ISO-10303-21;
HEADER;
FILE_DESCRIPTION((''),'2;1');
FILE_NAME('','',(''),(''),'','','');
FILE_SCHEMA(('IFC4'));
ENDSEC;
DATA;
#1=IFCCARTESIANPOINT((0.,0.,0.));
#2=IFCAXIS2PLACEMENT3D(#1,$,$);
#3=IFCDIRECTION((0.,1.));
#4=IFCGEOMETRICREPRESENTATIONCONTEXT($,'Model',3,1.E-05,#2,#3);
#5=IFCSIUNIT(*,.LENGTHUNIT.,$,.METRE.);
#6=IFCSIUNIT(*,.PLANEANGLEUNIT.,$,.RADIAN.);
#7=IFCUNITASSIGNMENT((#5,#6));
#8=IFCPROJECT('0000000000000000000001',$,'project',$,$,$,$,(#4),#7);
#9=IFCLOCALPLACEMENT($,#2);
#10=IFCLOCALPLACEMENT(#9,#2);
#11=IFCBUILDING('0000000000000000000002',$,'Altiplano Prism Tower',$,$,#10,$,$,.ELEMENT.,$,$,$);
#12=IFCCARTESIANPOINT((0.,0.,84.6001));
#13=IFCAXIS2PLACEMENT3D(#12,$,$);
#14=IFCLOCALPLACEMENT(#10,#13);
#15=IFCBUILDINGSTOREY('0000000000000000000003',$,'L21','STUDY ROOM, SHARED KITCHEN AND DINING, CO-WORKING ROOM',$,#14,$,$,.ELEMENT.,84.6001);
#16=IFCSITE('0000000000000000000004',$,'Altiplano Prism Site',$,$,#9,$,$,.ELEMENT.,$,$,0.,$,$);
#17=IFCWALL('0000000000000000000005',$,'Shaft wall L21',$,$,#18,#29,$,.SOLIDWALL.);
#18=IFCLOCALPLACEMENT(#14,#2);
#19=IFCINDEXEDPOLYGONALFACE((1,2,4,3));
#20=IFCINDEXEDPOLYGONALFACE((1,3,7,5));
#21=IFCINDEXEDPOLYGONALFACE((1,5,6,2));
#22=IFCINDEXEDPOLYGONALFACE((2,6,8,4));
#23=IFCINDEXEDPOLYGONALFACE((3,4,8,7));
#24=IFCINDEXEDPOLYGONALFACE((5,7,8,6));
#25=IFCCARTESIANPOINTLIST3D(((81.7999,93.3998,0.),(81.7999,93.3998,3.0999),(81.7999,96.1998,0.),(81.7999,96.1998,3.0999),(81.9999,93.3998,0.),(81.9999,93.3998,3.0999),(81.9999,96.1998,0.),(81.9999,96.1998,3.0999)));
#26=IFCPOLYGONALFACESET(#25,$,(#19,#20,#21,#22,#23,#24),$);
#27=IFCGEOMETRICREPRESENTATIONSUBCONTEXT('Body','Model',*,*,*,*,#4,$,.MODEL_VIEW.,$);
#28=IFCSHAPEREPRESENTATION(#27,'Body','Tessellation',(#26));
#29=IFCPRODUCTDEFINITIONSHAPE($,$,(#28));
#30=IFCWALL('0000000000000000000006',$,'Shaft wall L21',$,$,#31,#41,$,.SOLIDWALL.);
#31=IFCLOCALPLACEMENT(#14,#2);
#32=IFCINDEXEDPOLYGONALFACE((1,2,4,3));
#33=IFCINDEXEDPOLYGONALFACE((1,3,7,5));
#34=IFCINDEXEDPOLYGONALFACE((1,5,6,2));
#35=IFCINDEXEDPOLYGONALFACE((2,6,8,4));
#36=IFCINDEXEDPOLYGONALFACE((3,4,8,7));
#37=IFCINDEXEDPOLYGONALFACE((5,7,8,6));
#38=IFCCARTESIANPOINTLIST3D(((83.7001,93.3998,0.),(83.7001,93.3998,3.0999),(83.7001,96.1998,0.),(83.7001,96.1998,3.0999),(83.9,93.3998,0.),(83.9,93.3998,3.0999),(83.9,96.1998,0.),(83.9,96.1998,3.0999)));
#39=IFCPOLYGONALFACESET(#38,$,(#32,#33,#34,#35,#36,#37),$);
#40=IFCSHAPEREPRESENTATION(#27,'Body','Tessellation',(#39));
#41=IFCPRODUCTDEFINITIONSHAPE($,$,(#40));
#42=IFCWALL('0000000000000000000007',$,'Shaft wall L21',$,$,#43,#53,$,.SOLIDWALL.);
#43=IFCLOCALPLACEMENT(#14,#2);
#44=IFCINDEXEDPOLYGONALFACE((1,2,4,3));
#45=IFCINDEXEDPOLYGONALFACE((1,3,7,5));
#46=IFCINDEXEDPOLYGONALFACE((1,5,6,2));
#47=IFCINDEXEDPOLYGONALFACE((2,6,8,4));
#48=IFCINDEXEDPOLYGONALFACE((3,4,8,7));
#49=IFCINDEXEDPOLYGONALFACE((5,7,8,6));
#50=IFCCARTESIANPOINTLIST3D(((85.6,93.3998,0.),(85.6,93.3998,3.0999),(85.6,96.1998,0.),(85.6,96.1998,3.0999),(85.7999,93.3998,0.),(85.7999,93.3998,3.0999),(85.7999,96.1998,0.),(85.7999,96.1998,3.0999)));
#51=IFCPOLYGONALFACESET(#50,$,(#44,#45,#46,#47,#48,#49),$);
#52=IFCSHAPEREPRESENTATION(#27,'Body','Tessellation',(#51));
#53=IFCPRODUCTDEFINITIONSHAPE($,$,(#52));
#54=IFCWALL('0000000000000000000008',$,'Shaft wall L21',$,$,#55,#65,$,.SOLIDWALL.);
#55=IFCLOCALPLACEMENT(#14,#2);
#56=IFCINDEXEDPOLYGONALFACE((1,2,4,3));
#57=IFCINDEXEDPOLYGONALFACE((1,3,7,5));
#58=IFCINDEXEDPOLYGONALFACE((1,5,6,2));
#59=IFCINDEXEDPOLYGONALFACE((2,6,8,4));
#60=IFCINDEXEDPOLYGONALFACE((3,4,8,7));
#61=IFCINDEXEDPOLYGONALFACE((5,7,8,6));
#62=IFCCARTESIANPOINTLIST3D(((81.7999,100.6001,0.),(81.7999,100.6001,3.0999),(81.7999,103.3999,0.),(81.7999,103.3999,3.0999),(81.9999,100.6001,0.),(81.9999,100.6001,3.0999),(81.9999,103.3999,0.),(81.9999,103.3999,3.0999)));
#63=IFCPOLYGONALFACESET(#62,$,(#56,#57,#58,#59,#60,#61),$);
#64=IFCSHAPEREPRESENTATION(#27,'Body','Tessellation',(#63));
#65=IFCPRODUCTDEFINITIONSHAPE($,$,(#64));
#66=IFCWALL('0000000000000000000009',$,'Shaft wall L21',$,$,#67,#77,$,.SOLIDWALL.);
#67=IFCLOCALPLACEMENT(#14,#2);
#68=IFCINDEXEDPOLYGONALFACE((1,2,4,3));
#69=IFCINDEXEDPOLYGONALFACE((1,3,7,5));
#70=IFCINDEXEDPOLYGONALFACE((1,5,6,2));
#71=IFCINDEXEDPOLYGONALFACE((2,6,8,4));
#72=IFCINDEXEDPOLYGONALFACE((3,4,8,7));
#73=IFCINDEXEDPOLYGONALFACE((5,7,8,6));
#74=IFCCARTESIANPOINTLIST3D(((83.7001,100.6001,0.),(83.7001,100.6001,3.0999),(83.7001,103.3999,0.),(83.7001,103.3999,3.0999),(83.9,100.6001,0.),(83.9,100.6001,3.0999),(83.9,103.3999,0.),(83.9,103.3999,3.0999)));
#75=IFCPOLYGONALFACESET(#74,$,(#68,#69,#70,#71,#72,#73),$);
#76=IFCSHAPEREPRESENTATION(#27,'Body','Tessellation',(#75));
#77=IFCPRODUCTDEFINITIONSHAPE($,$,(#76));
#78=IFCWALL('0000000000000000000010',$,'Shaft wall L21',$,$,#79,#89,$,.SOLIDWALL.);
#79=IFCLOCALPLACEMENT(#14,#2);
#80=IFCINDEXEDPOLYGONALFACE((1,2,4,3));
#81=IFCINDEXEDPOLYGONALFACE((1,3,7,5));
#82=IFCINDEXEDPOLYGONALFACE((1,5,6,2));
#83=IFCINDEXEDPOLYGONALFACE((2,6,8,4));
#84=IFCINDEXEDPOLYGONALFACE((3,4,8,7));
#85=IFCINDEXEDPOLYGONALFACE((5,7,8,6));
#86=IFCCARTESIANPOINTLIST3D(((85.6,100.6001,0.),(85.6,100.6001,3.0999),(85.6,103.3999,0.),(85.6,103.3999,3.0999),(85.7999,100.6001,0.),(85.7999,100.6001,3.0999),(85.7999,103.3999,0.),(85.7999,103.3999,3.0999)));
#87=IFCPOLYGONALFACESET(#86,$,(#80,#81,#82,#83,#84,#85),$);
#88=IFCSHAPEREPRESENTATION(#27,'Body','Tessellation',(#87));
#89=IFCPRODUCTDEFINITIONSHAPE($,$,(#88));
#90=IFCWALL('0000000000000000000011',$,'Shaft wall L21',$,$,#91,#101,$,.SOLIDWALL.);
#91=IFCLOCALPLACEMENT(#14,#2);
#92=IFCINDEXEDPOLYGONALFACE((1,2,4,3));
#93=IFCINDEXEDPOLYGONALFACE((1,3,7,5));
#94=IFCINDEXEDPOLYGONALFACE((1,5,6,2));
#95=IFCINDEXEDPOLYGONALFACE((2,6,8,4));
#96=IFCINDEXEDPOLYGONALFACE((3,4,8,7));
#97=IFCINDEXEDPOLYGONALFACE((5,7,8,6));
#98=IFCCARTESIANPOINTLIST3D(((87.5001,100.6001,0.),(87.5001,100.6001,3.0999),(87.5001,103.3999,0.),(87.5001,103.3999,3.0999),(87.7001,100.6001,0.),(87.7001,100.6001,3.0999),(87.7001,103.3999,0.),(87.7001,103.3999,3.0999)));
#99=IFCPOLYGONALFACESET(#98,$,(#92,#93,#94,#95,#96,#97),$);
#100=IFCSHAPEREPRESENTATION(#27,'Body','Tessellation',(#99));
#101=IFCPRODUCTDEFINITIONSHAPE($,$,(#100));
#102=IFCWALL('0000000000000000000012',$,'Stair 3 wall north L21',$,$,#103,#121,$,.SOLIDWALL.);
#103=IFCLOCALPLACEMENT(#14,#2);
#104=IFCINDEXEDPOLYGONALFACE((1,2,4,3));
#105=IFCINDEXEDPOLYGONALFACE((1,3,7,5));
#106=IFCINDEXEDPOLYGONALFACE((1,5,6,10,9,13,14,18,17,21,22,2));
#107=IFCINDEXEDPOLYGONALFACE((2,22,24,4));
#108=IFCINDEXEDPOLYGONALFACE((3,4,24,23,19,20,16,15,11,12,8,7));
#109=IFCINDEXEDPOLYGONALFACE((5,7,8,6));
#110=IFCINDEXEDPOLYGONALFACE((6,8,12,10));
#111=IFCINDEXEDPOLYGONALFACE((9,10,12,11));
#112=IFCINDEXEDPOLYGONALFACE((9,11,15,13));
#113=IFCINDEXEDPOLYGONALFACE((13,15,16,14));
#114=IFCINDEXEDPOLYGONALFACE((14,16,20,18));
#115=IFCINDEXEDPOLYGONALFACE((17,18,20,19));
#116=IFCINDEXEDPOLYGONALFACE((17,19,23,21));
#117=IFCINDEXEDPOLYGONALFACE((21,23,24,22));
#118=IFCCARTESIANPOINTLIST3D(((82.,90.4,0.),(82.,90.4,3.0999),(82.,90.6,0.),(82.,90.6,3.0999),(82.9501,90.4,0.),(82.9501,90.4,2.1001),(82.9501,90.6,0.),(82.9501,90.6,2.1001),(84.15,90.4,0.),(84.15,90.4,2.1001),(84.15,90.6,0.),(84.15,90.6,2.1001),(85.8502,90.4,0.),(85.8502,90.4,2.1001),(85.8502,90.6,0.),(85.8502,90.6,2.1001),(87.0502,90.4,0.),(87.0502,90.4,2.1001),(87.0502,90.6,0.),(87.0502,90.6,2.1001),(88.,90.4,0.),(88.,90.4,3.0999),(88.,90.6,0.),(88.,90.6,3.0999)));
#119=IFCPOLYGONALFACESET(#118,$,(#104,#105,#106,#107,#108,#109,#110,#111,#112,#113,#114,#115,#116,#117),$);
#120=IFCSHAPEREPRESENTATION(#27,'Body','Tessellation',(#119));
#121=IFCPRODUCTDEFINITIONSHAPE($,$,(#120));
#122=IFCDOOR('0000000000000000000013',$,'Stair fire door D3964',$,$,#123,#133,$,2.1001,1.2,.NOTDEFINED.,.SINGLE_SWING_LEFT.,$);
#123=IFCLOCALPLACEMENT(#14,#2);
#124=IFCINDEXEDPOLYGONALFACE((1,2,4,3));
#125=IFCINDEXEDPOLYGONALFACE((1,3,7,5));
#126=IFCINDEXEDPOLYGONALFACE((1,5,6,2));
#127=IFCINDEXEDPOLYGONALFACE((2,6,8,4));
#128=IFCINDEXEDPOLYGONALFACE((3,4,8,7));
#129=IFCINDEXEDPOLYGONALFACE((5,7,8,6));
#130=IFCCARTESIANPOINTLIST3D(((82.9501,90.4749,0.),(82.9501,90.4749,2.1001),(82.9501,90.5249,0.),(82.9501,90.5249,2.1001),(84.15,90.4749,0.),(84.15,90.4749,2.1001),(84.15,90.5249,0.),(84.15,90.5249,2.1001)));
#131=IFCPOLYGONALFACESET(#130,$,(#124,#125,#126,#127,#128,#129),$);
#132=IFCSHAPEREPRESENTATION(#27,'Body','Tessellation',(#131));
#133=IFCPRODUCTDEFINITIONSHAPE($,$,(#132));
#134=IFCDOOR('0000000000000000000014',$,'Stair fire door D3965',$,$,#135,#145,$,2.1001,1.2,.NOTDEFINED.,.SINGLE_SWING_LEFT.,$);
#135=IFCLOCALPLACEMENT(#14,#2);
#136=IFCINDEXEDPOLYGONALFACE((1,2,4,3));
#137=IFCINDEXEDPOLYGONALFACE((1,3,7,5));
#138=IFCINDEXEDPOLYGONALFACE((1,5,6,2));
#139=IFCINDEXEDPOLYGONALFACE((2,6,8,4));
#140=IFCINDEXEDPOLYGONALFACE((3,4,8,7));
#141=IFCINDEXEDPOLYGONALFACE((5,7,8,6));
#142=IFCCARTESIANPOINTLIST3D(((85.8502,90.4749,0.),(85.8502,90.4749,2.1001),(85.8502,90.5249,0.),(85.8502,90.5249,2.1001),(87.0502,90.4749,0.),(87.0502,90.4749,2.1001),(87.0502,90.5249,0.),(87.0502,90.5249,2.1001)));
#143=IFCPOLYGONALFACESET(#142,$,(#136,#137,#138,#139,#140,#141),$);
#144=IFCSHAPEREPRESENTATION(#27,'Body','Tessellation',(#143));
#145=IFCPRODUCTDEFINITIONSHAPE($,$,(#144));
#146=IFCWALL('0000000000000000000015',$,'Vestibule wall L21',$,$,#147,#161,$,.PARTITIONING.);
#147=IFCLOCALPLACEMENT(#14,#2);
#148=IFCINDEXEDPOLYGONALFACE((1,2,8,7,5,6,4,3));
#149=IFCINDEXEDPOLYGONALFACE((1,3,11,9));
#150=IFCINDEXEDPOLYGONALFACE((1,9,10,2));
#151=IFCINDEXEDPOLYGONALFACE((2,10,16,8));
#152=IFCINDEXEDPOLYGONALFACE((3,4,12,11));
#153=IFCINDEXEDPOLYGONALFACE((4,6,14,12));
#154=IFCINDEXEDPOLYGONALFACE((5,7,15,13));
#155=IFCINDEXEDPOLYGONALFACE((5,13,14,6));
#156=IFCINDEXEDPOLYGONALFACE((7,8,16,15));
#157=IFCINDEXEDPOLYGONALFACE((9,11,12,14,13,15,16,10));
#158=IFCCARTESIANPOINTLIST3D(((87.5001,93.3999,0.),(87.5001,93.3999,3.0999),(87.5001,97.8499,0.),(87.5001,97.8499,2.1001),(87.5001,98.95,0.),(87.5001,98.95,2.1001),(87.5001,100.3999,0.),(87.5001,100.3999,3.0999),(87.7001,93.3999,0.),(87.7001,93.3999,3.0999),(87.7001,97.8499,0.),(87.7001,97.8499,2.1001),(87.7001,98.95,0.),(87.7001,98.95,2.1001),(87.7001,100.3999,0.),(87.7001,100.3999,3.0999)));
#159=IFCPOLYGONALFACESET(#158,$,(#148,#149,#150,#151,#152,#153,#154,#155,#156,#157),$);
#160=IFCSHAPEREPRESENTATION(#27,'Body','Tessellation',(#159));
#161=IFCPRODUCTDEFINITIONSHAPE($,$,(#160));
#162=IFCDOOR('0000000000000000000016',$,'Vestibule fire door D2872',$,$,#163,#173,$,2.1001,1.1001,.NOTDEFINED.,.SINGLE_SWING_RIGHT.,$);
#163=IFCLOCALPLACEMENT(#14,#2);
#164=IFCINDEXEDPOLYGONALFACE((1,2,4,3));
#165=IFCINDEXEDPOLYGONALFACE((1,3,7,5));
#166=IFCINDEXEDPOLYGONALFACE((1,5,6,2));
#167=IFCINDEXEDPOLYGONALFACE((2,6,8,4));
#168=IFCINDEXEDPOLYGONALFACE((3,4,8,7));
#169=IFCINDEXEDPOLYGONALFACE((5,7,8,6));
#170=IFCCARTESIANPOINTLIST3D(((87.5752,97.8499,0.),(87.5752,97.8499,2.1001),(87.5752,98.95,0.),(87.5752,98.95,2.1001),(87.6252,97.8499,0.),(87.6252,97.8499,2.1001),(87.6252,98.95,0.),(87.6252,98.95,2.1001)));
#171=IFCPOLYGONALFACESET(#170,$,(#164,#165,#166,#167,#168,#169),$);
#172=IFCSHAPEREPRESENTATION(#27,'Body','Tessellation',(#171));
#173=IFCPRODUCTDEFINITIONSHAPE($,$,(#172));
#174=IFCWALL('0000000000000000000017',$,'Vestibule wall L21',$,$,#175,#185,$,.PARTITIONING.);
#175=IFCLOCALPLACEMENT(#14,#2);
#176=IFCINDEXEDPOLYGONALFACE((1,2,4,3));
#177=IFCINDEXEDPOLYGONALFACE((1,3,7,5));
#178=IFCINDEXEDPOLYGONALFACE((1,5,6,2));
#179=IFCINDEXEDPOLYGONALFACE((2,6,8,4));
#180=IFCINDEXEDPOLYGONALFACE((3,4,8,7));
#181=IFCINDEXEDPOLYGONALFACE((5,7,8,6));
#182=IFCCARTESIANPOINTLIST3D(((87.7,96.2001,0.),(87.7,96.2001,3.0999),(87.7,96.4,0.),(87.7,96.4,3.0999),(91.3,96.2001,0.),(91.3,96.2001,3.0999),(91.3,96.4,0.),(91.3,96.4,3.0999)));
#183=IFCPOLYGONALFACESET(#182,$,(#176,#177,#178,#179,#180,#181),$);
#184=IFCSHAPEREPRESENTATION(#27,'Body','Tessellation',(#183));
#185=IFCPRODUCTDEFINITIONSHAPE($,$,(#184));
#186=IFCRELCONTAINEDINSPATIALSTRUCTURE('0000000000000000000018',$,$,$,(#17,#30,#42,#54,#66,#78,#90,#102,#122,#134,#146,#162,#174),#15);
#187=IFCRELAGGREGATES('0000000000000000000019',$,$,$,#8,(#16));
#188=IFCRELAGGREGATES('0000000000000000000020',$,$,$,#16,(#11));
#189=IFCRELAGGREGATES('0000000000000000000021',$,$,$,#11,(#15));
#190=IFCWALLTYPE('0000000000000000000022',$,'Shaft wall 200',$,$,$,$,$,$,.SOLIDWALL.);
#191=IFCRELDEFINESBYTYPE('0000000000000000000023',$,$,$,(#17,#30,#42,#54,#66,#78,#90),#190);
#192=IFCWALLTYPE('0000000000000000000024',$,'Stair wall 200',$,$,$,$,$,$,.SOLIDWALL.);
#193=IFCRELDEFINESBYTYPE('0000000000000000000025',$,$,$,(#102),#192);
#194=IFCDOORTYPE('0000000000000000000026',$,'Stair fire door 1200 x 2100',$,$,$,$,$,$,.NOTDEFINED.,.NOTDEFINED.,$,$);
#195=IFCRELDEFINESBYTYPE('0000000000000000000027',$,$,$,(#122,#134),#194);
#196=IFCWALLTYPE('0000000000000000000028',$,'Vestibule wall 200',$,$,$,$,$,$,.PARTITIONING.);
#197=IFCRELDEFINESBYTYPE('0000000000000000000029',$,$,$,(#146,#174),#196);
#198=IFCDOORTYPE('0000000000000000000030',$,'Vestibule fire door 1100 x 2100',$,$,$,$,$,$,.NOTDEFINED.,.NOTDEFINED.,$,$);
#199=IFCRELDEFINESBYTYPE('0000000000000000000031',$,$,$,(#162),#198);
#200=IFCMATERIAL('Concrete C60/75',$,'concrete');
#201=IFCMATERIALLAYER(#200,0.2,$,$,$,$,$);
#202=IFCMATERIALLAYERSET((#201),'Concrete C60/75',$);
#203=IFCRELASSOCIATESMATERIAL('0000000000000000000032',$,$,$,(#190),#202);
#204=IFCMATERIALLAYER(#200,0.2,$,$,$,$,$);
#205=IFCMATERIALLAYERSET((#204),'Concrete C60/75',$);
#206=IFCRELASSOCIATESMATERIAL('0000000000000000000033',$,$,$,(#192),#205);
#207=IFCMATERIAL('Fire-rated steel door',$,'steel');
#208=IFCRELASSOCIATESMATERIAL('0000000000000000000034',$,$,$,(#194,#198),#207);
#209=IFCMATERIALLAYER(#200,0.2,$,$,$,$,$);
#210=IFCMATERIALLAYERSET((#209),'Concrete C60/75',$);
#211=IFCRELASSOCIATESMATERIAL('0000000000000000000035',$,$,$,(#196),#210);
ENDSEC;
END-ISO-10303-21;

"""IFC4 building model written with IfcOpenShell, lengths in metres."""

from ifc_helpers import new_model, si_unit, direction, frame, frame_2d, origin, place, context, subcontext, project, spatial, rectangle, extrude, material, layer, layer_set, type_object, element, fill, save


model = new_model("IFC4")

# Units and contexts
model_context = context("Model", 3, precision=1e-05, world=origin(), true_north=direction((0.0, 1.0)))
body_context = subcontext(model_context, "Body", "Model", "MODEL_VIEW")
ifc_project = project(units=[si_unit("LENGTHUNIT", "METRE"), si_unit("PLANEANGLEUNIT", "RADIAN")], contexts=[model_context])

# Site, building, storey
site_placement = place(None, origin())
site = spatial("IfcSite", under=ifc_project, at=site_placement, Name="Altiplano Prism Site", CompositionType="ELEMENT", RefElevation=0.0)
building_placement = place(site_placement, origin())
building = spatial("IfcBuilding", under=site, at=building_placement, Name="Altiplano Prism Tower", CompositionType="ELEMENT")
storey_placement = place(building_placement, frame((0.0, 0.0, 84.6001)))
storey = spatial("IfcBuildingStorey", under=building, at=storey_placement, Name="L21", Description="STUDY ROOM, SHARED KITCHEN AND DINING, CO-WORKING ROOM", CompositionType="ELEMENT", Elevation=84.6001)

# Walls
ifc_material_1 = material(Name="Concrete C60/75", Category="concrete")
ifc_layer_1 = layer(ifc_material_1, 0.2)
ifc_layer_set_1 = layer_set([ifc_layer_1], Name="Concrete C60/75")
wall_type_1 = type_object("IfcWallType", Name="Shaft wall 200", PredefinedType="SOLIDWALL", material=ifc_layer_set_1)
for number, where, z_axis, x_axis, name in (
    (1, (81.8999, 93.3999, 0.0), (0.0, 0.0, 1.0), (0.0, 1.0, 0.0), "Shaft wall L21"),
    (2, (83.8, 93.3999, 0.0), (0.0, 0.0, 1.0), (0.0, 1.0, 0.0), "Shaft wall L21"),
    (3, (85.7, 93.3999, 0.0), (0.0, 0.0, 1.0), (0.0, 1.0, 0.0), "Shaft wall L21"),
):
    element("IfcWall", number, at=place(storey_placement, frame(where, z_axis=z_axis, x_axis=x_axis)), inside=storey, type_object=wall_type_1, Name=name, PredefinedType="SOLIDWALL", context=body_context, shape_type="SweptSolid", body=[
        extrude(rectangle(XDim=2.8, YDim=0.2, at=frame_2d((1.3999, 0.0))), origin(), (0.0, 0.0, 1.0), 3.0999),
    ])
for number, where, z_axis, x_axis, name in (
    (4, (81.8999, 100.6001, 0.0), (0.0, 0.0, 1.0), (0.0, 1.0, 0.0), "Shaft wall L21"),
    (5, (83.8, 100.6001, 0.0), (0.0, 0.0, 1.0), (0.0, 1.0, 0.0), "Shaft wall L21"),
    (6, (85.7, 100.6001, 0.0), (0.0, 0.0, 1.0), (0.0, 1.0, 0.0), "Shaft wall L21"),
    (7, (87.6001, 100.6001, 0.0), (0.0, 0.0, 1.0), (0.0, 1.0, 0.0), "Shaft wall L21"),
):
    element("IfcWall", number, at=place(storey_placement, frame(where, z_axis=z_axis, x_axis=x_axis)), inside=storey, type_object=wall_type_1, Name=name, PredefinedType="SOLIDWALL", context=body_context, shape_type="SweptSolid", body=[
        extrude(rectangle(XDim=2.7998, YDim=0.2, at=frame_2d((1.3999, 0.0))), origin(), (0.0, 0.0, 1.0), 3.0999),
    ])

# Wall, openings, doors
ifc_layer_2 = layer(ifc_material_1, 0.2)
ifc_layer_set_2 = layer_set([ifc_layer_2], Name="Concrete C60/75")
wall_type_2 = type_object("IfcWallType", Name="Stair wall 200", PredefinedType="SOLIDWALL", material=ifc_layer_set_2)
wall_1_placement = place(storey_placement, frame((82.0, 90.5, 0.0), z_axis=(0.0, 0.0, 1.0), x_axis=(1.0, 0.0, 0.0)))
wall_1 = element("IfcWall", 8, at=wall_1_placement, inside=storey, type_object=wall_type_2, Name="Stair 3 wall north L21", PredefinedType="SOLIDWALL", context=body_context, shape_type="SweptSolid", body=[
    extrude(rectangle(XDim=6.0, YDim=0.2, at=frame_2d((3.0, 0.0))), origin(), (0.0, 0.0, 1.0), 3.0999),
])
opening_1_placement = place(wall_1_placement, frame((0.95, 0.0, 0.0)))
opening_1 = element("IfcOpeningElement", 9, at=opening_1_placement, cuts=wall_1, PredefinedType="OPENING", context=body_context, shape_type="SweptSolid", body=[
    extrude(rectangle(XDim=1.2, YDim=2.1001, at=frame_2d((0.6001, 1.05))), frame((0.0, 0.1104, 0.0), z_axis=(0.0, -1.0, 0.0), x_axis=(1.0, 0.0, 0.0)), (0.0, 0.0, 1.0), 0.2209),
])
opening_2_placement = place(wall_1_placement, frame((3.8501, 0.0, 0.0)))
opening_2 = element("IfcOpeningElement", 10, at=opening_2_placement, cuts=wall_1, PredefinedType="OPENING", context=body_context, shape_type="SweptSolid", body=[
    extrude(rectangle(XDim=1.2, YDim=2.1001, at=frame_2d((0.6001, 1.05))), frame((0.0, 0.1104, 0.0), z_axis=(0.0, -1.0, 0.0), x_axis=(1.0, 0.0, 0.0)), (0.0, 0.0, 1.0), 0.2209),
])
ifc_material_2 = material(Name="Fire-rated steel door", Category="steel")
door_type_1 = type_object("IfcDoorType", Name="Stair fire door 1200 x 2100", OperationType="NOTDEFINED", PredefinedType="NOTDEFINED", material=ifc_material_2)
door_1_placement = place(opening_1_placement, origin())
door_1 = element("IfcDoor", 11, at=door_1_placement, inside=storey, type_object=door_type_1, Name="Stair fire door D3964", OperationType="SINGLE_SWING_LEFT", OverallHeight=2.1001, OverallWidth=1.2, PredefinedType="NOTDEFINED", context=body_context, shape_type="SweptSolid", body=[
    extrude(rectangle(XDim=1.2, YDim=2.1001, at=frame_2d((0.6001, 1.05))), frame((0.0, 0.0249, 0.0), z_axis=(0.0, -1.0, 0.0), x_axis=(1.0, 0.0, 0.0)), (0.0, 0.0, 1.0), 0.05),
])
fill(opening_1, door_1)
door_2_placement = place(opening_2_placement, origin())
door_2 = element("IfcDoor", 12, at=door_2_placement, inside=storey, type_object=door_type_1, Name="Stair fire door D3965", OperationType="SINGLE_SWING_LEFT", OverallHeight=2.1001, OverallWidth=1.2, PredefinedType="NOTDEFINED", context=body_context, shape_type="SweptSolid", body=[
    extrude(rectangle(XDim=1.2, YDim=2.1001, at=frame_2d((0.6001, 1.05))), frame((0.0, 0.0249, 0.0), z_axis=(0.0, -1.0, 0.0), x_axis=(1.0, 0.0, 0.0)), (0.0, 0.0, 1.0), 0.05),
])
fill(opening_2, door_2)

# Wall, opening, door
ifc_layer_3 = layer(ifc_material_1, 0.2)
ifc_layer_set_3 = layer_set([ifc_layer_3], Name="Concrete C60/75")
wall_type_3 = type_object("IfcWallType", Name="Vestibule wall 200", PredefinedType="PARTITIONING", material=ifc_layer_set_3)
wall_2_placement = place(storey_placement, frame((87.6001, 93.3999, 0.0), z_axis=(0.0, 0.0, 1.0), x_axis=(0.0, 1.0, 0.0)))
wall_2 = element("IfcWall", 13, at=wall_2_placement, inside=storey, type_object=wall_type_3, Name="Vestibule wall L21", PredefinedType="PARTITIONING", context=body_context, shape_type="SweptSolid", body=[
    extrude(rectangle(XDim=7.0, YDim=0.2, at=frame_2d((3.5, 0.0))), origin(), (0.0, 0.0, 1.0), 3.0999),
])
opening_3_placement = place(wall_2_placement, frame((4.45, 0.0, 0.0)))
opening_3 = element("IfcOpeningElement", 14, at=opening_3_placement, cuts=wall_2, PredefinedType="OPENING", context=body_context, shape_type="SweptSolid", body=[
    extrude(rectangle(XDim=1.1001, YDim=2.1001, at=frame_2d((0.55, 1.05))), frame((0.0, 0.1104, 0.0), z_axis=(0.0, -1.0, 0.0), x_axis=(1.0, 0.0, 0.0)), (0.0, 0.0, 1.0), 0.2209),
])
door_type_2 = type_object("IfcDoorType", Name="Vestibule fire door 1100 x 2100", OperationType="NOTDEFINED", PredefinedType="NOTDEFINED", material=ifc_material_2)
door_3_placement = place(opening_3_placement, origin())
door_3 = element("IfcDoor", 15, at=door_3_placement, inside=storey, type_object=door_type_2, Name="Vestibule fire door D2872", OperationType="SINGLE_SWING_RIGHT", OverallHeight=2.1001, OverallWidth=1.1001, PredefinedType="NOTDEFINED", context=body_context, shape_type="SweptSolid", body=[
    extrude(rectangle(XDim=1.1001, YDim=2.1001, at=frame_2d((0.55, 1.05))), frame((0.0, 0.0249, 0.0), z_axis=(0.0, -1.0, 0.0), x_axis=(1.0, 0.0, 0.0)), (0.0, 0.0, 1.0), 0.05),
])
fill(opening_3, door_3)

# Wall
wall_3_placement = place(storey_placement, frame((87.7, 96.3, 0.0), z_axis=(0.0, 0.0, 1.0), x_axis=(1.0, 0.0, 0.0)))
element("IfcWall", 16, at=wall_3_placement, inside=storey, type_object=wall_type_3, Name="Vestibule wall L21", PredefinedType="PARTITIONING", context=body_context, shape_type="SweptSolid", body=[
    extrude(rectangle(XDim=3.6001, YDim=0.2, at=frame_2d((1.8, 0.0))), origin(), (0.0, 0.0, 1.0), 3.0999),
])

save(model, "model.ifc")
